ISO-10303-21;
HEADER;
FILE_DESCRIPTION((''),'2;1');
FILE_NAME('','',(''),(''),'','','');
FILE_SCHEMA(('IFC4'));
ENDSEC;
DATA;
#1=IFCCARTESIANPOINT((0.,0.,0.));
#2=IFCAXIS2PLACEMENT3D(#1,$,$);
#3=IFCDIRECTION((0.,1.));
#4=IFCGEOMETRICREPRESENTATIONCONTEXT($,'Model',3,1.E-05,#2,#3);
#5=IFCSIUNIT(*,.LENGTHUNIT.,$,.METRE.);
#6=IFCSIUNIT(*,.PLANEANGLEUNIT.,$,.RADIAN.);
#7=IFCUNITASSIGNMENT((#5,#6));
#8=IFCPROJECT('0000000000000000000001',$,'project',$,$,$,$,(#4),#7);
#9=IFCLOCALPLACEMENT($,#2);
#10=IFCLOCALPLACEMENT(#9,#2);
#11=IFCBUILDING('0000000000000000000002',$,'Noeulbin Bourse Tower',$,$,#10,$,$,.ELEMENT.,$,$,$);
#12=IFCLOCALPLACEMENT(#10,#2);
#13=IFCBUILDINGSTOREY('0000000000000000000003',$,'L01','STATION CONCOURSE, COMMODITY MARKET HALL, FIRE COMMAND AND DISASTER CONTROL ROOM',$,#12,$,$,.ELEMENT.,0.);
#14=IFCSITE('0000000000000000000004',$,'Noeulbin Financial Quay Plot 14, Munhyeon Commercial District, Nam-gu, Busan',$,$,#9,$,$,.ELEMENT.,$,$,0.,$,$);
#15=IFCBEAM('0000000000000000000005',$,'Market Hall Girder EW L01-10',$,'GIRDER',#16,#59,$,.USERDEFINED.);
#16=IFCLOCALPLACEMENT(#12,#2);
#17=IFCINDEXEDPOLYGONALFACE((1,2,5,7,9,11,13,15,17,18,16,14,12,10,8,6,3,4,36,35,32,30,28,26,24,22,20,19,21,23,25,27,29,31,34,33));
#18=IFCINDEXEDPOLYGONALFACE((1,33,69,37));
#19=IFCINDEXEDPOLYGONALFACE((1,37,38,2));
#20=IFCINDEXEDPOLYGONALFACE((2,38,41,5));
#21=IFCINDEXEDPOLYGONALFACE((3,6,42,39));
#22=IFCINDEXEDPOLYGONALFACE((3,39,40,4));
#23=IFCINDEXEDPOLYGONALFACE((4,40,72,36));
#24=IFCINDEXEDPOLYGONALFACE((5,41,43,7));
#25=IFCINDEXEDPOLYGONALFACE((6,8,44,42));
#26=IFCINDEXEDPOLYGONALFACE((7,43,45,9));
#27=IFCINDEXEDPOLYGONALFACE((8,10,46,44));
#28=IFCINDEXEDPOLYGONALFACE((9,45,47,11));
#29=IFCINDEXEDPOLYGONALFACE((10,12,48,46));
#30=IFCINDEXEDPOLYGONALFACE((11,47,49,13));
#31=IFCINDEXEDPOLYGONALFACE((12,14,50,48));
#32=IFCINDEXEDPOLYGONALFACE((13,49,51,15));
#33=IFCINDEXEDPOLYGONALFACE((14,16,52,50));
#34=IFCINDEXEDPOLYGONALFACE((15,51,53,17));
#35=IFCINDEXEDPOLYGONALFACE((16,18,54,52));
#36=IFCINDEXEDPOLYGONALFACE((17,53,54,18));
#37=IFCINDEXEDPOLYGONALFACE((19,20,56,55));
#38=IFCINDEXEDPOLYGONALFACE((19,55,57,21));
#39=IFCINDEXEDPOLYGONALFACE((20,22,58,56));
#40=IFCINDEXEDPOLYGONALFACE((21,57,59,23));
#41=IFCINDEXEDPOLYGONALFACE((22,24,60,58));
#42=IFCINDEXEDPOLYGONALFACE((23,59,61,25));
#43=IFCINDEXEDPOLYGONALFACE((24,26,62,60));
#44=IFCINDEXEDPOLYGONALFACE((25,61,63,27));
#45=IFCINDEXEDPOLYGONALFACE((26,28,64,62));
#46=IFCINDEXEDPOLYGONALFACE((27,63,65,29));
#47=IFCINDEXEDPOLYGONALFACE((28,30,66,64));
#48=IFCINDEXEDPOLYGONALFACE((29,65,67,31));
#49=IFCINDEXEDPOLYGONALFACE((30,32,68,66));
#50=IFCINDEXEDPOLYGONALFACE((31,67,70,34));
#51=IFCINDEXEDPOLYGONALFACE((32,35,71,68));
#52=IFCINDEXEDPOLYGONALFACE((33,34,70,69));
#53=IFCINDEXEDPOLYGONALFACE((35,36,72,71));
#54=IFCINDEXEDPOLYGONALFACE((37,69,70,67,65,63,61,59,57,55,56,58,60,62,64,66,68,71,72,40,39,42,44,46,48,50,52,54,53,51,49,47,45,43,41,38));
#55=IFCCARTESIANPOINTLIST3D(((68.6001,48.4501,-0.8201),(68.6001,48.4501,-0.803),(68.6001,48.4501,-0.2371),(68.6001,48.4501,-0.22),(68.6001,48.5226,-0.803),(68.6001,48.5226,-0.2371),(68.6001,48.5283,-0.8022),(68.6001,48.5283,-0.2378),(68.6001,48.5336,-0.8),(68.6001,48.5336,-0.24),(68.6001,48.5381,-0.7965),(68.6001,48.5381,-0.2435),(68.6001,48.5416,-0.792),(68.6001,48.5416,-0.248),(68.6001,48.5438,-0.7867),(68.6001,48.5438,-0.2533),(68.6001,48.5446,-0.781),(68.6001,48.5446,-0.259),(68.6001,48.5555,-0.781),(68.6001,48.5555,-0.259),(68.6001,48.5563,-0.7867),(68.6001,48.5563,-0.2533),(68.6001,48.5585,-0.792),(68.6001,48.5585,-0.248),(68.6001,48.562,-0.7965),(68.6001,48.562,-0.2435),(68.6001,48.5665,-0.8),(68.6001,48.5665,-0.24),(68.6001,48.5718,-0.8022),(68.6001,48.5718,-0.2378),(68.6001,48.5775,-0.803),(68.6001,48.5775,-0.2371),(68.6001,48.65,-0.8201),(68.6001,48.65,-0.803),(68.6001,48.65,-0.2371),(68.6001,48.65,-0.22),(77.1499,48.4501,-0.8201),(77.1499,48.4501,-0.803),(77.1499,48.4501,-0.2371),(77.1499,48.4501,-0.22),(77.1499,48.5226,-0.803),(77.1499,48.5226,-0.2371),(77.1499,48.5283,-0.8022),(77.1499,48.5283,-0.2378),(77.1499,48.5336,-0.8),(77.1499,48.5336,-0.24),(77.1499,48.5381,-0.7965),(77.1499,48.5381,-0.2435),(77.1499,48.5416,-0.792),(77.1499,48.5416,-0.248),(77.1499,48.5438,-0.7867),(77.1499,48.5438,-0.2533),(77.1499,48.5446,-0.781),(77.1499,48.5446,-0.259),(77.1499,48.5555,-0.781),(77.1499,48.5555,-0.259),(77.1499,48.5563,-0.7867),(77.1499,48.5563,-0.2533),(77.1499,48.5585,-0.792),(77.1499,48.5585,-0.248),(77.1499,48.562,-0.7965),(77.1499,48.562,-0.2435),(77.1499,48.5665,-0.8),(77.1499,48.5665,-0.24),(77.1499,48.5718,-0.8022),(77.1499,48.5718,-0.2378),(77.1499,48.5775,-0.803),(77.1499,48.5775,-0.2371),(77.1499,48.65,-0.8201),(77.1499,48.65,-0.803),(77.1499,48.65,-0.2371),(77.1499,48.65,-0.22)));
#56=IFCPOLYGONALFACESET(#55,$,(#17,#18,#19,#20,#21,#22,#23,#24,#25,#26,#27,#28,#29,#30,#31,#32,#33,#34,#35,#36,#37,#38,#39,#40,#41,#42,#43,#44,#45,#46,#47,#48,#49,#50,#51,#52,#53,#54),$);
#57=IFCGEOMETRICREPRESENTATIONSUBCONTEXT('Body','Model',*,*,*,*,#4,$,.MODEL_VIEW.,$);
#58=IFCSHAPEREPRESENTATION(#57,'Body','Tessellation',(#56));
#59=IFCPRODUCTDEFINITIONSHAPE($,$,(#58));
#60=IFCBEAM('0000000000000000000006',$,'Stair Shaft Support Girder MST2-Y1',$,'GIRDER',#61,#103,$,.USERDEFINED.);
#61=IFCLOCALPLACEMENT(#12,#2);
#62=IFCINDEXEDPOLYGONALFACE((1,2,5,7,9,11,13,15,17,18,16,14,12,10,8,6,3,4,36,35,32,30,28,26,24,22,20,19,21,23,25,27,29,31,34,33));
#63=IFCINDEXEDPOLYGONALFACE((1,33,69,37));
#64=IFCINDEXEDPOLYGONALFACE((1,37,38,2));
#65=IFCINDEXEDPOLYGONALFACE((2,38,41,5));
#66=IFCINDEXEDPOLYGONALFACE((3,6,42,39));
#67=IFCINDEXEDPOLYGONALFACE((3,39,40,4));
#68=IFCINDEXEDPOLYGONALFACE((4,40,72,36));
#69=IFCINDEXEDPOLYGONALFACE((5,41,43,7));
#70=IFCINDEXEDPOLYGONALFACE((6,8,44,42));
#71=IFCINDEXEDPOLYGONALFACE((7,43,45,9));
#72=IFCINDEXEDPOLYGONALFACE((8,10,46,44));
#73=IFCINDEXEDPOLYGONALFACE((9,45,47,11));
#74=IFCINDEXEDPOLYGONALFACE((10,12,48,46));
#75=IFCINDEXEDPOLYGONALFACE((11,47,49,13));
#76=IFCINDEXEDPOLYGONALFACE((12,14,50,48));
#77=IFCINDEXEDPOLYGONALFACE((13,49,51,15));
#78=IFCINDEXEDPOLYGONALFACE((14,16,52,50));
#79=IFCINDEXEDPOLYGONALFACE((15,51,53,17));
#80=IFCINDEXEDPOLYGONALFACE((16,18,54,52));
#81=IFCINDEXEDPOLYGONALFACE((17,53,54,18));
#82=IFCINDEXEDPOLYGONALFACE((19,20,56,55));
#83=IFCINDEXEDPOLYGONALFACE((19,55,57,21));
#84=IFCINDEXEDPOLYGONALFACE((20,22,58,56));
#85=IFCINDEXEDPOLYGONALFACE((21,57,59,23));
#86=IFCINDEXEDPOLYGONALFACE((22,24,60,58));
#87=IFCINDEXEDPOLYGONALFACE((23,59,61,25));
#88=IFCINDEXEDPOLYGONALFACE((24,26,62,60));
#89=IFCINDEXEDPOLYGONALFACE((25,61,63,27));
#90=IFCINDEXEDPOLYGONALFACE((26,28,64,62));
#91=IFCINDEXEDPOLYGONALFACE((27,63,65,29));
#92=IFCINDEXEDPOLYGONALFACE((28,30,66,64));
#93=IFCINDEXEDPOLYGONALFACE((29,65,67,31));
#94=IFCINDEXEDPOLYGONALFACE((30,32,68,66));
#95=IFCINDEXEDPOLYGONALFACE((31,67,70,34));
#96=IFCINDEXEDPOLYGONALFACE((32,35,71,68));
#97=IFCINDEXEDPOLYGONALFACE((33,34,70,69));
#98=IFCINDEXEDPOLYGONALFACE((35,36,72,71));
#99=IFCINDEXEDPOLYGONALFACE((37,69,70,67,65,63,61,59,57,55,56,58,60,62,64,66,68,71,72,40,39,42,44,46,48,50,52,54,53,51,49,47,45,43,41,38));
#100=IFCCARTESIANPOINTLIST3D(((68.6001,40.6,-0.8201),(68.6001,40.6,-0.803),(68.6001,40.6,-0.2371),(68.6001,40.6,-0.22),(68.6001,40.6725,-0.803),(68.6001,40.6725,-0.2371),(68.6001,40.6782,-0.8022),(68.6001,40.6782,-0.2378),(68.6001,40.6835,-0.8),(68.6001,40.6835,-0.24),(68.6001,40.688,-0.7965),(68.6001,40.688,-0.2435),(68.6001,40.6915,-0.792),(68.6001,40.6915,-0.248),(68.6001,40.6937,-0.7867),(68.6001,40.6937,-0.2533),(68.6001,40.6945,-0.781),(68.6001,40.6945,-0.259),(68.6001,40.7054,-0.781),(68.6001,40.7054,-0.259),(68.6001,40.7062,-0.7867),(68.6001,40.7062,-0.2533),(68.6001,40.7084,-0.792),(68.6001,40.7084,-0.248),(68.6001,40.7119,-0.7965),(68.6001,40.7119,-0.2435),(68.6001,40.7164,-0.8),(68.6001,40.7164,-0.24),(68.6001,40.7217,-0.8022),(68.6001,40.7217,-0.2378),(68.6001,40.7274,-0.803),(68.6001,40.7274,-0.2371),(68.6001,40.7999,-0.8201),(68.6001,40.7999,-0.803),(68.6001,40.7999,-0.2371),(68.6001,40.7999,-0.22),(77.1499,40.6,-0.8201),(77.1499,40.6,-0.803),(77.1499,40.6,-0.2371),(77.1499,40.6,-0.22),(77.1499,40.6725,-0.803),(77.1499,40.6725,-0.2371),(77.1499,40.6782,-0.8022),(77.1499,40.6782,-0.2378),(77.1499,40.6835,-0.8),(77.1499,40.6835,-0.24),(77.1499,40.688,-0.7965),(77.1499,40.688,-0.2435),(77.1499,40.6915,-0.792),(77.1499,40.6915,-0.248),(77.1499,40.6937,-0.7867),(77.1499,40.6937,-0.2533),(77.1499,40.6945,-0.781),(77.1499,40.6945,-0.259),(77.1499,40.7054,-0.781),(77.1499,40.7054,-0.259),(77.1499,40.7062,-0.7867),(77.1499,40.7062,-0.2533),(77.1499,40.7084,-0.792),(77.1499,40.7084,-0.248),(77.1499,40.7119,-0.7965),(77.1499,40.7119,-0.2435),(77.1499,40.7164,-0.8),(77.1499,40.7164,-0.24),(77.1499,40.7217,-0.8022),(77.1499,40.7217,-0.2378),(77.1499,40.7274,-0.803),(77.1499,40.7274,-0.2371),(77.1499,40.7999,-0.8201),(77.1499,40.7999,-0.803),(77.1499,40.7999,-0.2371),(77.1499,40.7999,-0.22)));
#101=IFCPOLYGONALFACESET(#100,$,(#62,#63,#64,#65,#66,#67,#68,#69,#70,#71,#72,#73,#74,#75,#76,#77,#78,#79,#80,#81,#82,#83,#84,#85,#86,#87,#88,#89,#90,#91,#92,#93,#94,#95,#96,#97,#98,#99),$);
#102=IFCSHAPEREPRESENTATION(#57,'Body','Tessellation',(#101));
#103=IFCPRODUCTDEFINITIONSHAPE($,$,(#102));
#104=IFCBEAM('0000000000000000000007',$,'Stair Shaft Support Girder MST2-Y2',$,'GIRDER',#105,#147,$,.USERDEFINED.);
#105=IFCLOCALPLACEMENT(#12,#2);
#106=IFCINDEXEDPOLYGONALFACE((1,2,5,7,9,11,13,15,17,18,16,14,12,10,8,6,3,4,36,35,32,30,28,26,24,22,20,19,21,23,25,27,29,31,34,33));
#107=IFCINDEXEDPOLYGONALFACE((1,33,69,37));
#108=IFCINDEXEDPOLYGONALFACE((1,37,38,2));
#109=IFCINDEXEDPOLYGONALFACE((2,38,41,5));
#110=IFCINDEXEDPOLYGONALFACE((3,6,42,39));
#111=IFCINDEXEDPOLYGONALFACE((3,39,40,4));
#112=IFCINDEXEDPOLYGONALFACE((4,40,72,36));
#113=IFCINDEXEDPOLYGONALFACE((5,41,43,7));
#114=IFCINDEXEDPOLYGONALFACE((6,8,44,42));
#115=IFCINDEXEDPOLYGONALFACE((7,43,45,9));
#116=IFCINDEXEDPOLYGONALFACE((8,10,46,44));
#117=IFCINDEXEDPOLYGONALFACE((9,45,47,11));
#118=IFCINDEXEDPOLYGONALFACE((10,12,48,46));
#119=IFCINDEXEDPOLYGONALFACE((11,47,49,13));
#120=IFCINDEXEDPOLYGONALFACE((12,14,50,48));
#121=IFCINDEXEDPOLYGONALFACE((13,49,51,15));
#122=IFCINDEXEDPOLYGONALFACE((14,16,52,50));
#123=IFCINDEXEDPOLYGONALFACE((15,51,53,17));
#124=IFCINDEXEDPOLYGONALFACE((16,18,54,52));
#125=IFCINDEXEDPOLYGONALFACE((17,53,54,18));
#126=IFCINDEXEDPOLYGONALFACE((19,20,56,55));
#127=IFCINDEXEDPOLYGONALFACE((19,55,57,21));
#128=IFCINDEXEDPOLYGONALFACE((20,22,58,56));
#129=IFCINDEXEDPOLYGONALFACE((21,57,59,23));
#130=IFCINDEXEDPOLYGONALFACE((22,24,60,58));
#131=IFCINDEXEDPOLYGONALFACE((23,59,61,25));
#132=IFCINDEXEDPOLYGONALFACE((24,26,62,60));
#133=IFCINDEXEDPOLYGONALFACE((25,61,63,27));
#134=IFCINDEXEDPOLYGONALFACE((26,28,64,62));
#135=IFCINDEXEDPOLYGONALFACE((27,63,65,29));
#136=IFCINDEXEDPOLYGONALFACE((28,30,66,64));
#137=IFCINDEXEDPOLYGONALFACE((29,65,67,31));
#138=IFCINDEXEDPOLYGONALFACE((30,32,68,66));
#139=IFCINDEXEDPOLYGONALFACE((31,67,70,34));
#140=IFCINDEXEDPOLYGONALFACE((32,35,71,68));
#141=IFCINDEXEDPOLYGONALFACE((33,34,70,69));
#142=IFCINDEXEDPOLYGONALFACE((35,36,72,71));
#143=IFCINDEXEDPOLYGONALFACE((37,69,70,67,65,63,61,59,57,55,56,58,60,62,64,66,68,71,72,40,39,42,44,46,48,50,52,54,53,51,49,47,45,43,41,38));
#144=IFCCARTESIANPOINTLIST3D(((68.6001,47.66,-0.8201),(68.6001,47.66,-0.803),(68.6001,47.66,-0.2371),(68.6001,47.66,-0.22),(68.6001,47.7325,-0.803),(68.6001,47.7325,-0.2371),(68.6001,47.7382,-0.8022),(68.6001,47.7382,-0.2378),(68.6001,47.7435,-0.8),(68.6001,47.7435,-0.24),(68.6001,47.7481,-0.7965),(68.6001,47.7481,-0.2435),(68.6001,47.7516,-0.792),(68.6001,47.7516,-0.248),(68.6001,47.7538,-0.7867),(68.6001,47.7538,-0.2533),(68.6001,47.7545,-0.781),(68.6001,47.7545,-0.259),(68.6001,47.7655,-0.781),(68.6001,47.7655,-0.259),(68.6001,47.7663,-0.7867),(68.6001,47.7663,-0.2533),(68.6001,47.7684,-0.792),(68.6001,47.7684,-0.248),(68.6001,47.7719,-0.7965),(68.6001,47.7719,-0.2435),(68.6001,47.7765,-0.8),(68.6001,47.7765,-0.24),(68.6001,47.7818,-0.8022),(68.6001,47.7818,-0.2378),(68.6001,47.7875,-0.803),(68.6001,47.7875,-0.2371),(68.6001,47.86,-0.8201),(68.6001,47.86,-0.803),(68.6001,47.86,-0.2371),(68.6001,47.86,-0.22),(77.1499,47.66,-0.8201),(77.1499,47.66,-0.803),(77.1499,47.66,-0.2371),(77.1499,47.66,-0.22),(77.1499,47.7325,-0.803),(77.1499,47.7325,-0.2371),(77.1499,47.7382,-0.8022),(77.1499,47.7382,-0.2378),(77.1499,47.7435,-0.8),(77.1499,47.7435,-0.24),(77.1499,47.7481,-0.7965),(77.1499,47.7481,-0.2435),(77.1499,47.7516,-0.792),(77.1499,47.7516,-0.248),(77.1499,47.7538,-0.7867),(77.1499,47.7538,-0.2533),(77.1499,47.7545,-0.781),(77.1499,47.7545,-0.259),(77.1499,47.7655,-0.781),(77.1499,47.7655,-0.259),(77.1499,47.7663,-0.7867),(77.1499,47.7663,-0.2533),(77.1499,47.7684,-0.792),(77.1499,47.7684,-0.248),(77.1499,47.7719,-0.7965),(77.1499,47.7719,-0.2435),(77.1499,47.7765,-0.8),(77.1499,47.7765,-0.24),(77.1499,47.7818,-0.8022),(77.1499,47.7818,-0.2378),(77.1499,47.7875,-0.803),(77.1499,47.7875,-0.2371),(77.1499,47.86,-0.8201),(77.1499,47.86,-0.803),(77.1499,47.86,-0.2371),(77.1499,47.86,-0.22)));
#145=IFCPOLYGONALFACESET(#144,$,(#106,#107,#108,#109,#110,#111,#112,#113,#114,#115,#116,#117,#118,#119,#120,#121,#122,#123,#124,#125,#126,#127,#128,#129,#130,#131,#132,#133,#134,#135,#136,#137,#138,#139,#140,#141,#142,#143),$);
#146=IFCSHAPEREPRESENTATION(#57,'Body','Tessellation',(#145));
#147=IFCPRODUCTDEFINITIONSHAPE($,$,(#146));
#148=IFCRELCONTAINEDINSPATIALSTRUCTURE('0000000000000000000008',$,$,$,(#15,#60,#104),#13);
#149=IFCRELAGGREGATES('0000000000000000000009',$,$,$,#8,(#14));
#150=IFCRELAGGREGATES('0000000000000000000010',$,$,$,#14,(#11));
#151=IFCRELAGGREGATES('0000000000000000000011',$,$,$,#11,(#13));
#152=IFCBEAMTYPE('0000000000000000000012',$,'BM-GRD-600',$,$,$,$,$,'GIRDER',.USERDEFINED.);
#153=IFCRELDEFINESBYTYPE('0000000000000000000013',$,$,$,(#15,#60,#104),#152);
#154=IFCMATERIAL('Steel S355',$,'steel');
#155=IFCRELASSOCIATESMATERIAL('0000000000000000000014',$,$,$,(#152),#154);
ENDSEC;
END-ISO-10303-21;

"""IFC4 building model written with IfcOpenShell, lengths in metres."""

from ifc_helpers import new_model, si_unit, direction, frame, origin, origin_2d, place, context, subcontext, project, spatial, i_section, extrude, material, material_profile, profile_set, type_object, element, save


model = new_model("IFC4")

# Units and contexts
model_context = context("Model", 3, precision=1e-05, world=origin(), true_north=direction((0.0, 1.0)))
body_context = subcontext(model_context, "Body", "Model", "MODEL_VIEW")
ifc_project = project(units=[si_unit("LENGTHUNIT", "METRE"), si_unit("PLANEANGLEUNIT", "RADIAN")], contexts=[model_context])

# Site, building, storey
site_placement = place(None, origin())
site = spatial("IfcSite", under=ifc_project, at=site_placement, Name="Noeulbin Financial Quay Plot 14, Munhyeon Commercial District, Nam-gu, Busan", CompositionType="ELEMENT", RefElevation=0.0)
building_placement = place(site_placement, origin())
building = spatial("IfcBuilding", under=site, at=building_placement, Name="Noeulbin Bourse Tower", CompositionType="ELEMENT")
storey_placement = place(building_placement, origin())
storey = spatial("IfcBuildingStorey", under=building, at=storey_placement, Name="L01", Description="STATION CONCOURSE, COMMODITY MARKET HALL, FIRE COMMAND AND DISASTER CONTROL ROOM", CompositionType="ELEMENT", Elevation=0.0)

# Shared definitions
ifc_material_1 = material(Name="Steel S355", Category="steel")

# Beams
ifc_material_profile_1 = material_profile(ifc_material_1, i_section(OverallWidth=0.2, OverallDepth=0.6001, WebThickness=0.011, FlangeThickness=0.0171, FilletRadius=0.022, at=origin_2d()), Name="H-600x200x11x17", Category="LoadBearing")
ifc_profile_set_1 = profile_set([ifc_material_profile_1], Name="Steel S355")
beam_type_1 = type_object("IfcBeamType", Name="BM-GRD-600", ElementType="GIRDER", PredefinedType="USERDEFINED", material=ifc_profile_set_1)
for number, where, z_axis, x_axis, name in (
    (1, (68.6001, 48.55, -0.52), (1.0, 0.0, 0.0), (0.0, 1.0, 0.0), "Market Hall Girder EW L01-10"),
    (2, (68.6001, 40.7, -0.52), (1.0, 0.0, 0.0), (0.0, 1.0, 0.0), "Stair Shaft Support Girder MST2-Y1"),
    (3, (68.6001, 47.76, -0.52), (1.0, 0.0, 0.0), (0.0, 1.0, 0.0), "Stair Shaft Support Girder MST2-Y2"),
):
    element("IfcBeam", number, at=place(storey_placement, frame(where, z_axis=z_axis, x_axis=x_axis)), inside=storey, type_object=beam_type_1, Name=name, ObjectType="GIRDER", PredefinedType="USERDEFINED", context=body_context, shape_type="SweptSolid", body=[
        extrude(i_section(OverallWidth=0.2, OverallDepth=0.6001, WebThickness=0.011, FlangeThickness=0.0171, FilletRadius=0.022, at=origin_2d()), origin(), (0.0, 0.0, 1.0), 8.5498),
    ])

save(model, "model.ifc")
